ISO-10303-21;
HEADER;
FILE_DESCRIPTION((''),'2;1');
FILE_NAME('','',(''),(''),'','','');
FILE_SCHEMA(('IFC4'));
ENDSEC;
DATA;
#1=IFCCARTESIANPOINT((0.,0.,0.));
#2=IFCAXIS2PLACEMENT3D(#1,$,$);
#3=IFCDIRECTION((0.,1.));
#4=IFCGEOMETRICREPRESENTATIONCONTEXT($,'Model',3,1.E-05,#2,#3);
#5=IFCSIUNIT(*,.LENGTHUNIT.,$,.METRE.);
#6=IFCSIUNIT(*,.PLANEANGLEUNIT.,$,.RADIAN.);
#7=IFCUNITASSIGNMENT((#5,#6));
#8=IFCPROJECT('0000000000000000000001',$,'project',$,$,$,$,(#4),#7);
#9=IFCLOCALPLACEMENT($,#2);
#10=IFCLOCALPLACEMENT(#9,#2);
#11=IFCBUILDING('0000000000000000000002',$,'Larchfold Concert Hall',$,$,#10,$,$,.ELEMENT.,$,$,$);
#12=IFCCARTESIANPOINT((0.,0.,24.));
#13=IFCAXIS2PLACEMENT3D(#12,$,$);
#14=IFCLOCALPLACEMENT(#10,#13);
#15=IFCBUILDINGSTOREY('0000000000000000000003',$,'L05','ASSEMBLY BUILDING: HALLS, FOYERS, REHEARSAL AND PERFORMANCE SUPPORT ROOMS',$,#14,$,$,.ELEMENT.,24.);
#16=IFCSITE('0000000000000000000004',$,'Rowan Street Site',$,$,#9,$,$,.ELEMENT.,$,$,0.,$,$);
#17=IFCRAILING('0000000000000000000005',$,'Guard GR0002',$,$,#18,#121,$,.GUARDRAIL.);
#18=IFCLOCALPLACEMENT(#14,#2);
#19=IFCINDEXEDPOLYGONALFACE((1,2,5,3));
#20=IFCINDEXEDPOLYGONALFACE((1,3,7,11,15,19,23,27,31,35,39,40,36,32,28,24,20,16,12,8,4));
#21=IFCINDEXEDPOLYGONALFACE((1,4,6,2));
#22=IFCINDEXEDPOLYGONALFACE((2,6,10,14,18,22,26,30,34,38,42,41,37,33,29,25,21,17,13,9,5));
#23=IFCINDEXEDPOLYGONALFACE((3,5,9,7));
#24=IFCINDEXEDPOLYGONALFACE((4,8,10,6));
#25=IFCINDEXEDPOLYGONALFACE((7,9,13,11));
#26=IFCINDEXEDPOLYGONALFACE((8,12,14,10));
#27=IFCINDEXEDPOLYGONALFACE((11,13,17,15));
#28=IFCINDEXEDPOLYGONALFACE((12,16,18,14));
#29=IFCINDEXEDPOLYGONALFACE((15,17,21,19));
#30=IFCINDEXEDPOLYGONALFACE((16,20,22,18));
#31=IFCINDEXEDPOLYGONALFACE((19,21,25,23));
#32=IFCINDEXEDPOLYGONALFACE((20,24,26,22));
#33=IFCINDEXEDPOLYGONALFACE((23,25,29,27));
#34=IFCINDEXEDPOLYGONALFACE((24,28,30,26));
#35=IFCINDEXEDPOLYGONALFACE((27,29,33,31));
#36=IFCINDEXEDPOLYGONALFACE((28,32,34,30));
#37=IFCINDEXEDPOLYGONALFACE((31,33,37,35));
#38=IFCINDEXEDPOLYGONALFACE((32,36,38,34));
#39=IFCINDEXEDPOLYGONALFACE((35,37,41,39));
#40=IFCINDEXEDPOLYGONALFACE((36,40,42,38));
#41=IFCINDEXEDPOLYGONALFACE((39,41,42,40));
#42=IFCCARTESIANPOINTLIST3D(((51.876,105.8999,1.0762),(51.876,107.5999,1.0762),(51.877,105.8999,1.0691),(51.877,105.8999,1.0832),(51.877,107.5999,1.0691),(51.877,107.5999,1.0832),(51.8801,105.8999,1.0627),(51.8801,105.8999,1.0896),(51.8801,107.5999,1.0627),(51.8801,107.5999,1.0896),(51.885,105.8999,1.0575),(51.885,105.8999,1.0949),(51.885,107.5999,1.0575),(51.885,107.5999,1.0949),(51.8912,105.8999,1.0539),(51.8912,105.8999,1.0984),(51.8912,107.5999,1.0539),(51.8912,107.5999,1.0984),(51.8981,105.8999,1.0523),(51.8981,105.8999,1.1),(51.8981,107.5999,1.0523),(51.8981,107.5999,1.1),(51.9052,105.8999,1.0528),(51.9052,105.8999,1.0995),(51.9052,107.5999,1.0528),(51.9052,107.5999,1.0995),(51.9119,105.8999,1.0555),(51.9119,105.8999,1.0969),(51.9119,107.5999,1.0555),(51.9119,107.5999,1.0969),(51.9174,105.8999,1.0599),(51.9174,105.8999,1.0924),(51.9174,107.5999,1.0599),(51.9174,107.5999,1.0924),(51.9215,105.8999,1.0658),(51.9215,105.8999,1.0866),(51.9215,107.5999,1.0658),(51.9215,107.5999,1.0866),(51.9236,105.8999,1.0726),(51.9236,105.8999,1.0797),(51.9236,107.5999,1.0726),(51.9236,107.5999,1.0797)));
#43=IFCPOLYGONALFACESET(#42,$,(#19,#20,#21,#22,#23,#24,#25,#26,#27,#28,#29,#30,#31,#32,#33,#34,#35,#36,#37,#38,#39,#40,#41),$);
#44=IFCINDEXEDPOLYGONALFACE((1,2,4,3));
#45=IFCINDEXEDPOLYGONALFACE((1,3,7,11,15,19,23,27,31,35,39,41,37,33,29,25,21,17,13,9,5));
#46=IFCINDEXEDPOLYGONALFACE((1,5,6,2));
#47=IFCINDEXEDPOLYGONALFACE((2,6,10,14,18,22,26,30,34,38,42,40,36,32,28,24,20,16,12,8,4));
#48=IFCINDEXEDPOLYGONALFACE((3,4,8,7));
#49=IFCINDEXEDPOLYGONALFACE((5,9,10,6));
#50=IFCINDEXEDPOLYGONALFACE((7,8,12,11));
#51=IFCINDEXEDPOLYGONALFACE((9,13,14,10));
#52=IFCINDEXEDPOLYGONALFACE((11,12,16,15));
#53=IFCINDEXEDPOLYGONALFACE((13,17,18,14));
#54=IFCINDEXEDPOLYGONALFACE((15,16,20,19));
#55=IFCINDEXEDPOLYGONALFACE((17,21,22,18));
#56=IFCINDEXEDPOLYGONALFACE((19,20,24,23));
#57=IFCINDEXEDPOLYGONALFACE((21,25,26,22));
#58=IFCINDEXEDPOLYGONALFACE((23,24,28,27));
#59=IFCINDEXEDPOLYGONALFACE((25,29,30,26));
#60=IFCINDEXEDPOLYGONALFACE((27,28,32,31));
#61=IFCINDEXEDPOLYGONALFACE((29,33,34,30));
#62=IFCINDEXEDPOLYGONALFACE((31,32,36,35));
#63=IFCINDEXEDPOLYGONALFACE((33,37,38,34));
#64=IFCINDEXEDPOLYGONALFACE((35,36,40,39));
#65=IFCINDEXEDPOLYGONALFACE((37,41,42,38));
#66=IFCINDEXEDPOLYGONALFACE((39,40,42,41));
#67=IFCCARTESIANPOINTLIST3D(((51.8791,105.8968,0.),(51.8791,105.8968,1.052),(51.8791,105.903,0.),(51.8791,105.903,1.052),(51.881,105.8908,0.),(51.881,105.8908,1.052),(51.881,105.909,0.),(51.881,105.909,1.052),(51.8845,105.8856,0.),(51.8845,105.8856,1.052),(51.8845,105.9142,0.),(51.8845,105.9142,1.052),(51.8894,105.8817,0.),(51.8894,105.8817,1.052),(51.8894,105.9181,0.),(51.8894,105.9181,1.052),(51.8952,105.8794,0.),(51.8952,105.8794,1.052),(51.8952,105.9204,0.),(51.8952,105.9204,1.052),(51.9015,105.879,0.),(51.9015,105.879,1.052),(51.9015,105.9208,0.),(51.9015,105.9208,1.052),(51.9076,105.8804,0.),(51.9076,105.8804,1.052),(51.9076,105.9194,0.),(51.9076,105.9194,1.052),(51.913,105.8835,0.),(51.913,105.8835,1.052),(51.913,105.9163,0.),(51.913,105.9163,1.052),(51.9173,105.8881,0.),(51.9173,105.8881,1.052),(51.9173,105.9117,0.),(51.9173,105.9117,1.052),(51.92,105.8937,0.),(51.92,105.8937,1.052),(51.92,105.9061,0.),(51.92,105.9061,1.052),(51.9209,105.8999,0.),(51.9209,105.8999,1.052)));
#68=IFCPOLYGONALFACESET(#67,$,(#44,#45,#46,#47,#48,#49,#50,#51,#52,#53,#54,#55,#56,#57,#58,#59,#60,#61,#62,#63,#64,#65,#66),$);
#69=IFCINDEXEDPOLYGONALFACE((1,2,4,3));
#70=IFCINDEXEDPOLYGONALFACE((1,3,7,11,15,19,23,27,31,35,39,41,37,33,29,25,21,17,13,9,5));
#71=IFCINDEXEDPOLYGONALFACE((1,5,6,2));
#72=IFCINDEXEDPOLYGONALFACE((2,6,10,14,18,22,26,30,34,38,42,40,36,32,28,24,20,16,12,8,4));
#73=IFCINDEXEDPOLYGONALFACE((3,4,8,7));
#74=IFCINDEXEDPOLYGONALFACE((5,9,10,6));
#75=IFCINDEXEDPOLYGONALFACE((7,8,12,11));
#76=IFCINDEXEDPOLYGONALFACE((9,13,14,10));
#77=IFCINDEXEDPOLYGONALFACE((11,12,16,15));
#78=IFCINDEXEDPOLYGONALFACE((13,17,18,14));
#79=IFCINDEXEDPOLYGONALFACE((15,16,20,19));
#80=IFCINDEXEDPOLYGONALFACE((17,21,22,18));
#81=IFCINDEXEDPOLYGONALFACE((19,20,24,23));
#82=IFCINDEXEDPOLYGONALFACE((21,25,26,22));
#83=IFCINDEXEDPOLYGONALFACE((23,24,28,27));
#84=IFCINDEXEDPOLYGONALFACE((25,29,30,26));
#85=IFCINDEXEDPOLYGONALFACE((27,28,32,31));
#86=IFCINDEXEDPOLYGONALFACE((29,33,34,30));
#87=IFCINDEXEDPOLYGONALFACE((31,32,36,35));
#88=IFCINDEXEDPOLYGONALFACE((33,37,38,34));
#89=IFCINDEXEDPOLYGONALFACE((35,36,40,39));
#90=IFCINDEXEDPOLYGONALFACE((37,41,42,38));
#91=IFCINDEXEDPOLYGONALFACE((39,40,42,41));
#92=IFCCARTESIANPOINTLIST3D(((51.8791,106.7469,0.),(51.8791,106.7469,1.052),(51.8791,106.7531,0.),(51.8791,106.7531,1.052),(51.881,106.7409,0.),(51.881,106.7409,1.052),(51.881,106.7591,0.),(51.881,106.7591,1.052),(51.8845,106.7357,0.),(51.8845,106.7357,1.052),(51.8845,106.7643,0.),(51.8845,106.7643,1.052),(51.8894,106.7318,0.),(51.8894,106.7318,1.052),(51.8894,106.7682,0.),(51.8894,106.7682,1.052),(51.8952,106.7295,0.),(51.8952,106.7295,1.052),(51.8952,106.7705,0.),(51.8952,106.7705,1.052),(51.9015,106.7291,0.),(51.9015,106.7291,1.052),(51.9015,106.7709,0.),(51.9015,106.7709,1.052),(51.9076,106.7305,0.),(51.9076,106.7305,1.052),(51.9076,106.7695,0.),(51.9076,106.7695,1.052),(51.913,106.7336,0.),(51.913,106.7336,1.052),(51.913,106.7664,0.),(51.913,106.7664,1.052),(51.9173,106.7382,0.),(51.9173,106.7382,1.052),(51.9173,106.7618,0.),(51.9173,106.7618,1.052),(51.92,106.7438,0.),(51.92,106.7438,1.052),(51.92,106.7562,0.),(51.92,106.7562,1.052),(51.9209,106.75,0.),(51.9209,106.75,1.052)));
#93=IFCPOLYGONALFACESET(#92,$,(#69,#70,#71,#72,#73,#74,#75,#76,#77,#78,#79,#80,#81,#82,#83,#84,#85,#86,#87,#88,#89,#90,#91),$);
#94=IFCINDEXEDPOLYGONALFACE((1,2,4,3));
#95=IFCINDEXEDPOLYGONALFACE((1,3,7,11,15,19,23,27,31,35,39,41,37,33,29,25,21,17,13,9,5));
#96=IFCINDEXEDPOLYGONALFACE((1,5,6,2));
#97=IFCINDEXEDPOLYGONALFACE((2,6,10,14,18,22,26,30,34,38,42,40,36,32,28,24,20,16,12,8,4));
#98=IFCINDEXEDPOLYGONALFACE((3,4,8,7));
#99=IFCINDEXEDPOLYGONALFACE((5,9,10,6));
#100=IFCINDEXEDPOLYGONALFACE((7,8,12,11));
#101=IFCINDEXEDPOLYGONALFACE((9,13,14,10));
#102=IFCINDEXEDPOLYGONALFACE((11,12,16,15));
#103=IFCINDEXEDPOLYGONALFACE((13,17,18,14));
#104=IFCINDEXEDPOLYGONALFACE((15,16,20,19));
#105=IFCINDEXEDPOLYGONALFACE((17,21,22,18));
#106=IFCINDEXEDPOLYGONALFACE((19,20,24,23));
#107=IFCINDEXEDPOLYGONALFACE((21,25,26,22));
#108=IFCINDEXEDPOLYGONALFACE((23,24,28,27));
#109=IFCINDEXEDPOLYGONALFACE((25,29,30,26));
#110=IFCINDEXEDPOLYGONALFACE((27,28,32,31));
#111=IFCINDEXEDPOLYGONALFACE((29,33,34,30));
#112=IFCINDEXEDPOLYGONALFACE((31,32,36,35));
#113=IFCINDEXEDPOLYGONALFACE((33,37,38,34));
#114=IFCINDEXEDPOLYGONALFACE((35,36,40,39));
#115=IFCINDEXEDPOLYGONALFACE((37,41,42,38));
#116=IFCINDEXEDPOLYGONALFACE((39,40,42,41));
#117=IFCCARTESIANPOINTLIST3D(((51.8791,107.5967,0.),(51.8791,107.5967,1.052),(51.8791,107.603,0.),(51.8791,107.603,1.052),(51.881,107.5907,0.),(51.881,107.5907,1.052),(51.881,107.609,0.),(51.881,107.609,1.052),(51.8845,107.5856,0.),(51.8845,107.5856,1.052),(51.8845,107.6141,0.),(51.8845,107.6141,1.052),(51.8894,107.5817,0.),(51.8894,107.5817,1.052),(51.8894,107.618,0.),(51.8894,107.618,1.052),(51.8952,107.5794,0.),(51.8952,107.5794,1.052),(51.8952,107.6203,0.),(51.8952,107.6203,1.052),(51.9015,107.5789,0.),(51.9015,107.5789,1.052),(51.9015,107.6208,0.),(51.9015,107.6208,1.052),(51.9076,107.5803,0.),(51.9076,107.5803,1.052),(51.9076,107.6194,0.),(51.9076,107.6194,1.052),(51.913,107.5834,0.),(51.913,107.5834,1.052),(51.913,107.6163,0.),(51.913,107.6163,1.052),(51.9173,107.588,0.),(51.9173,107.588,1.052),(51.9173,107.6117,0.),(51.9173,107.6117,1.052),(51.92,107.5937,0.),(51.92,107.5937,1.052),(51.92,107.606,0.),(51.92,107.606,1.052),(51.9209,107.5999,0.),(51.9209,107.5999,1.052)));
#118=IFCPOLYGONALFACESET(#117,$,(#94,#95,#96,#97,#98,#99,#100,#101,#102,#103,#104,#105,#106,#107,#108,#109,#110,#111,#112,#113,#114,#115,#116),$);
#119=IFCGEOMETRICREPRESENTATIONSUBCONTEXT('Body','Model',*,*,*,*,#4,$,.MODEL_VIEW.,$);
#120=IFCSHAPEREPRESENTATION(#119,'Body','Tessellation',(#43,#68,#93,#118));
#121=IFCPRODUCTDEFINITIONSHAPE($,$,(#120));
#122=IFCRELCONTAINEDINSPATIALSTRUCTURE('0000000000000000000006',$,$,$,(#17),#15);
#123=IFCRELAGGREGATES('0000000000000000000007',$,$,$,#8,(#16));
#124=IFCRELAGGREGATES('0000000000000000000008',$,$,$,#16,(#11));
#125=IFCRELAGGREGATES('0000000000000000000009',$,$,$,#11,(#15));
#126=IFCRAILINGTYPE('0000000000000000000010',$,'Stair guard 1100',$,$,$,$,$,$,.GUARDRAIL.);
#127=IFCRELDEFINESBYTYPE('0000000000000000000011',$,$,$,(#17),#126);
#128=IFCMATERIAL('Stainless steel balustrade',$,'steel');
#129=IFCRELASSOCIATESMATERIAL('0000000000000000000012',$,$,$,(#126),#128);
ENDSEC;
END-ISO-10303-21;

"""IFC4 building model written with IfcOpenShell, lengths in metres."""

from ifc_helpers import new_model, si_unit, direction, frame, origin, origin_2d, place, context, subcontext, project, spatial, circle, extrude, material, type_object, element, save


model = new_model("IFC4")

# Units and contexts
model_context = context("Model", 3, precision=1e-05, world=origin(), true_north=direction((0.0, 1.0)))
body_context = subcontext(model_context, "Body", "Model", "MODEL_VIEW")
ifc_project = project(units=[si_unit("LENGTHUNIT", "METRE"), si_unit("PLANEANGLEUNIT", "RADIAN")], contexts=[model_context])

# Site, building, storey
site_placement = place(None, origin())
site = spatial("IfcSite", under=ifc_project, at=site_placement, Name="Rowan Street Site", CompositionType="ELEMENT", RefElevation=0.0)
building_placement = place(site_placement, origin())
building = spatial("IfcBuilding", under=site, at=building_placement, Name="Larchfold Concert Hall", CompositionType="ELEMENT")
storey_placement = place(building_placement, frame((0.0, 0.0, 24.0)))
storey = spatial("IfcBuildingStorey", under=building, at=storey_placement, Name="L05", Description="ASSEMBLY BUILDING: HALLS, FOYERS, REHEARSAL AND PERFORMANCE SUPPORT ROOMS", CompositionType="ELEMENT", Elevation=24.0)

# Railing
ifc_material_1 = material(Name="Stainless steel balustrade", Category="steel")
railing_type = type_object("IfcRailingType", Name="Stair guard 1100", PredefinedType="GUARDRAIL", material=ifc_material_1)
railing_placement = place(storey_placement, frame((51.8999, 105.8999, 0.0)))
element("IfcRailing", 1, at=railing_placement, inside=storey, type_object=railing_type, Name="Guard GR0002", PredefinedType="GUARDRAIL", context=body_context, shape_type="SweptSolid", body=[
    extrude(circle(Radius=0.0239, at=origin_2d()), frame((0.0, 0.0, 1.0762), z_axis=(0.0, 1.0, 0.0), x_axis=(-1.0, 0.0, 0.0)), (0.0, 0.0, 1.0), 1.7),
    extrude(circle(Radius=0.021, at=origin_2d()), origin(), (0.0, 0.0, 1.0), 1.052),
    extrude(circle(Radius=0.021, at=origin_2d()), frame((0.0, 0.8501, 0.0)), (0.0, 0.0, 1.0), 1.052),
    extrude(circle(Radius=0.021, at=origin_2d()), frame((0.0, 1.7, 0.0)), (0.0, 0.0, 1.0), 1.052),
])

save(model, "model.ifc")
